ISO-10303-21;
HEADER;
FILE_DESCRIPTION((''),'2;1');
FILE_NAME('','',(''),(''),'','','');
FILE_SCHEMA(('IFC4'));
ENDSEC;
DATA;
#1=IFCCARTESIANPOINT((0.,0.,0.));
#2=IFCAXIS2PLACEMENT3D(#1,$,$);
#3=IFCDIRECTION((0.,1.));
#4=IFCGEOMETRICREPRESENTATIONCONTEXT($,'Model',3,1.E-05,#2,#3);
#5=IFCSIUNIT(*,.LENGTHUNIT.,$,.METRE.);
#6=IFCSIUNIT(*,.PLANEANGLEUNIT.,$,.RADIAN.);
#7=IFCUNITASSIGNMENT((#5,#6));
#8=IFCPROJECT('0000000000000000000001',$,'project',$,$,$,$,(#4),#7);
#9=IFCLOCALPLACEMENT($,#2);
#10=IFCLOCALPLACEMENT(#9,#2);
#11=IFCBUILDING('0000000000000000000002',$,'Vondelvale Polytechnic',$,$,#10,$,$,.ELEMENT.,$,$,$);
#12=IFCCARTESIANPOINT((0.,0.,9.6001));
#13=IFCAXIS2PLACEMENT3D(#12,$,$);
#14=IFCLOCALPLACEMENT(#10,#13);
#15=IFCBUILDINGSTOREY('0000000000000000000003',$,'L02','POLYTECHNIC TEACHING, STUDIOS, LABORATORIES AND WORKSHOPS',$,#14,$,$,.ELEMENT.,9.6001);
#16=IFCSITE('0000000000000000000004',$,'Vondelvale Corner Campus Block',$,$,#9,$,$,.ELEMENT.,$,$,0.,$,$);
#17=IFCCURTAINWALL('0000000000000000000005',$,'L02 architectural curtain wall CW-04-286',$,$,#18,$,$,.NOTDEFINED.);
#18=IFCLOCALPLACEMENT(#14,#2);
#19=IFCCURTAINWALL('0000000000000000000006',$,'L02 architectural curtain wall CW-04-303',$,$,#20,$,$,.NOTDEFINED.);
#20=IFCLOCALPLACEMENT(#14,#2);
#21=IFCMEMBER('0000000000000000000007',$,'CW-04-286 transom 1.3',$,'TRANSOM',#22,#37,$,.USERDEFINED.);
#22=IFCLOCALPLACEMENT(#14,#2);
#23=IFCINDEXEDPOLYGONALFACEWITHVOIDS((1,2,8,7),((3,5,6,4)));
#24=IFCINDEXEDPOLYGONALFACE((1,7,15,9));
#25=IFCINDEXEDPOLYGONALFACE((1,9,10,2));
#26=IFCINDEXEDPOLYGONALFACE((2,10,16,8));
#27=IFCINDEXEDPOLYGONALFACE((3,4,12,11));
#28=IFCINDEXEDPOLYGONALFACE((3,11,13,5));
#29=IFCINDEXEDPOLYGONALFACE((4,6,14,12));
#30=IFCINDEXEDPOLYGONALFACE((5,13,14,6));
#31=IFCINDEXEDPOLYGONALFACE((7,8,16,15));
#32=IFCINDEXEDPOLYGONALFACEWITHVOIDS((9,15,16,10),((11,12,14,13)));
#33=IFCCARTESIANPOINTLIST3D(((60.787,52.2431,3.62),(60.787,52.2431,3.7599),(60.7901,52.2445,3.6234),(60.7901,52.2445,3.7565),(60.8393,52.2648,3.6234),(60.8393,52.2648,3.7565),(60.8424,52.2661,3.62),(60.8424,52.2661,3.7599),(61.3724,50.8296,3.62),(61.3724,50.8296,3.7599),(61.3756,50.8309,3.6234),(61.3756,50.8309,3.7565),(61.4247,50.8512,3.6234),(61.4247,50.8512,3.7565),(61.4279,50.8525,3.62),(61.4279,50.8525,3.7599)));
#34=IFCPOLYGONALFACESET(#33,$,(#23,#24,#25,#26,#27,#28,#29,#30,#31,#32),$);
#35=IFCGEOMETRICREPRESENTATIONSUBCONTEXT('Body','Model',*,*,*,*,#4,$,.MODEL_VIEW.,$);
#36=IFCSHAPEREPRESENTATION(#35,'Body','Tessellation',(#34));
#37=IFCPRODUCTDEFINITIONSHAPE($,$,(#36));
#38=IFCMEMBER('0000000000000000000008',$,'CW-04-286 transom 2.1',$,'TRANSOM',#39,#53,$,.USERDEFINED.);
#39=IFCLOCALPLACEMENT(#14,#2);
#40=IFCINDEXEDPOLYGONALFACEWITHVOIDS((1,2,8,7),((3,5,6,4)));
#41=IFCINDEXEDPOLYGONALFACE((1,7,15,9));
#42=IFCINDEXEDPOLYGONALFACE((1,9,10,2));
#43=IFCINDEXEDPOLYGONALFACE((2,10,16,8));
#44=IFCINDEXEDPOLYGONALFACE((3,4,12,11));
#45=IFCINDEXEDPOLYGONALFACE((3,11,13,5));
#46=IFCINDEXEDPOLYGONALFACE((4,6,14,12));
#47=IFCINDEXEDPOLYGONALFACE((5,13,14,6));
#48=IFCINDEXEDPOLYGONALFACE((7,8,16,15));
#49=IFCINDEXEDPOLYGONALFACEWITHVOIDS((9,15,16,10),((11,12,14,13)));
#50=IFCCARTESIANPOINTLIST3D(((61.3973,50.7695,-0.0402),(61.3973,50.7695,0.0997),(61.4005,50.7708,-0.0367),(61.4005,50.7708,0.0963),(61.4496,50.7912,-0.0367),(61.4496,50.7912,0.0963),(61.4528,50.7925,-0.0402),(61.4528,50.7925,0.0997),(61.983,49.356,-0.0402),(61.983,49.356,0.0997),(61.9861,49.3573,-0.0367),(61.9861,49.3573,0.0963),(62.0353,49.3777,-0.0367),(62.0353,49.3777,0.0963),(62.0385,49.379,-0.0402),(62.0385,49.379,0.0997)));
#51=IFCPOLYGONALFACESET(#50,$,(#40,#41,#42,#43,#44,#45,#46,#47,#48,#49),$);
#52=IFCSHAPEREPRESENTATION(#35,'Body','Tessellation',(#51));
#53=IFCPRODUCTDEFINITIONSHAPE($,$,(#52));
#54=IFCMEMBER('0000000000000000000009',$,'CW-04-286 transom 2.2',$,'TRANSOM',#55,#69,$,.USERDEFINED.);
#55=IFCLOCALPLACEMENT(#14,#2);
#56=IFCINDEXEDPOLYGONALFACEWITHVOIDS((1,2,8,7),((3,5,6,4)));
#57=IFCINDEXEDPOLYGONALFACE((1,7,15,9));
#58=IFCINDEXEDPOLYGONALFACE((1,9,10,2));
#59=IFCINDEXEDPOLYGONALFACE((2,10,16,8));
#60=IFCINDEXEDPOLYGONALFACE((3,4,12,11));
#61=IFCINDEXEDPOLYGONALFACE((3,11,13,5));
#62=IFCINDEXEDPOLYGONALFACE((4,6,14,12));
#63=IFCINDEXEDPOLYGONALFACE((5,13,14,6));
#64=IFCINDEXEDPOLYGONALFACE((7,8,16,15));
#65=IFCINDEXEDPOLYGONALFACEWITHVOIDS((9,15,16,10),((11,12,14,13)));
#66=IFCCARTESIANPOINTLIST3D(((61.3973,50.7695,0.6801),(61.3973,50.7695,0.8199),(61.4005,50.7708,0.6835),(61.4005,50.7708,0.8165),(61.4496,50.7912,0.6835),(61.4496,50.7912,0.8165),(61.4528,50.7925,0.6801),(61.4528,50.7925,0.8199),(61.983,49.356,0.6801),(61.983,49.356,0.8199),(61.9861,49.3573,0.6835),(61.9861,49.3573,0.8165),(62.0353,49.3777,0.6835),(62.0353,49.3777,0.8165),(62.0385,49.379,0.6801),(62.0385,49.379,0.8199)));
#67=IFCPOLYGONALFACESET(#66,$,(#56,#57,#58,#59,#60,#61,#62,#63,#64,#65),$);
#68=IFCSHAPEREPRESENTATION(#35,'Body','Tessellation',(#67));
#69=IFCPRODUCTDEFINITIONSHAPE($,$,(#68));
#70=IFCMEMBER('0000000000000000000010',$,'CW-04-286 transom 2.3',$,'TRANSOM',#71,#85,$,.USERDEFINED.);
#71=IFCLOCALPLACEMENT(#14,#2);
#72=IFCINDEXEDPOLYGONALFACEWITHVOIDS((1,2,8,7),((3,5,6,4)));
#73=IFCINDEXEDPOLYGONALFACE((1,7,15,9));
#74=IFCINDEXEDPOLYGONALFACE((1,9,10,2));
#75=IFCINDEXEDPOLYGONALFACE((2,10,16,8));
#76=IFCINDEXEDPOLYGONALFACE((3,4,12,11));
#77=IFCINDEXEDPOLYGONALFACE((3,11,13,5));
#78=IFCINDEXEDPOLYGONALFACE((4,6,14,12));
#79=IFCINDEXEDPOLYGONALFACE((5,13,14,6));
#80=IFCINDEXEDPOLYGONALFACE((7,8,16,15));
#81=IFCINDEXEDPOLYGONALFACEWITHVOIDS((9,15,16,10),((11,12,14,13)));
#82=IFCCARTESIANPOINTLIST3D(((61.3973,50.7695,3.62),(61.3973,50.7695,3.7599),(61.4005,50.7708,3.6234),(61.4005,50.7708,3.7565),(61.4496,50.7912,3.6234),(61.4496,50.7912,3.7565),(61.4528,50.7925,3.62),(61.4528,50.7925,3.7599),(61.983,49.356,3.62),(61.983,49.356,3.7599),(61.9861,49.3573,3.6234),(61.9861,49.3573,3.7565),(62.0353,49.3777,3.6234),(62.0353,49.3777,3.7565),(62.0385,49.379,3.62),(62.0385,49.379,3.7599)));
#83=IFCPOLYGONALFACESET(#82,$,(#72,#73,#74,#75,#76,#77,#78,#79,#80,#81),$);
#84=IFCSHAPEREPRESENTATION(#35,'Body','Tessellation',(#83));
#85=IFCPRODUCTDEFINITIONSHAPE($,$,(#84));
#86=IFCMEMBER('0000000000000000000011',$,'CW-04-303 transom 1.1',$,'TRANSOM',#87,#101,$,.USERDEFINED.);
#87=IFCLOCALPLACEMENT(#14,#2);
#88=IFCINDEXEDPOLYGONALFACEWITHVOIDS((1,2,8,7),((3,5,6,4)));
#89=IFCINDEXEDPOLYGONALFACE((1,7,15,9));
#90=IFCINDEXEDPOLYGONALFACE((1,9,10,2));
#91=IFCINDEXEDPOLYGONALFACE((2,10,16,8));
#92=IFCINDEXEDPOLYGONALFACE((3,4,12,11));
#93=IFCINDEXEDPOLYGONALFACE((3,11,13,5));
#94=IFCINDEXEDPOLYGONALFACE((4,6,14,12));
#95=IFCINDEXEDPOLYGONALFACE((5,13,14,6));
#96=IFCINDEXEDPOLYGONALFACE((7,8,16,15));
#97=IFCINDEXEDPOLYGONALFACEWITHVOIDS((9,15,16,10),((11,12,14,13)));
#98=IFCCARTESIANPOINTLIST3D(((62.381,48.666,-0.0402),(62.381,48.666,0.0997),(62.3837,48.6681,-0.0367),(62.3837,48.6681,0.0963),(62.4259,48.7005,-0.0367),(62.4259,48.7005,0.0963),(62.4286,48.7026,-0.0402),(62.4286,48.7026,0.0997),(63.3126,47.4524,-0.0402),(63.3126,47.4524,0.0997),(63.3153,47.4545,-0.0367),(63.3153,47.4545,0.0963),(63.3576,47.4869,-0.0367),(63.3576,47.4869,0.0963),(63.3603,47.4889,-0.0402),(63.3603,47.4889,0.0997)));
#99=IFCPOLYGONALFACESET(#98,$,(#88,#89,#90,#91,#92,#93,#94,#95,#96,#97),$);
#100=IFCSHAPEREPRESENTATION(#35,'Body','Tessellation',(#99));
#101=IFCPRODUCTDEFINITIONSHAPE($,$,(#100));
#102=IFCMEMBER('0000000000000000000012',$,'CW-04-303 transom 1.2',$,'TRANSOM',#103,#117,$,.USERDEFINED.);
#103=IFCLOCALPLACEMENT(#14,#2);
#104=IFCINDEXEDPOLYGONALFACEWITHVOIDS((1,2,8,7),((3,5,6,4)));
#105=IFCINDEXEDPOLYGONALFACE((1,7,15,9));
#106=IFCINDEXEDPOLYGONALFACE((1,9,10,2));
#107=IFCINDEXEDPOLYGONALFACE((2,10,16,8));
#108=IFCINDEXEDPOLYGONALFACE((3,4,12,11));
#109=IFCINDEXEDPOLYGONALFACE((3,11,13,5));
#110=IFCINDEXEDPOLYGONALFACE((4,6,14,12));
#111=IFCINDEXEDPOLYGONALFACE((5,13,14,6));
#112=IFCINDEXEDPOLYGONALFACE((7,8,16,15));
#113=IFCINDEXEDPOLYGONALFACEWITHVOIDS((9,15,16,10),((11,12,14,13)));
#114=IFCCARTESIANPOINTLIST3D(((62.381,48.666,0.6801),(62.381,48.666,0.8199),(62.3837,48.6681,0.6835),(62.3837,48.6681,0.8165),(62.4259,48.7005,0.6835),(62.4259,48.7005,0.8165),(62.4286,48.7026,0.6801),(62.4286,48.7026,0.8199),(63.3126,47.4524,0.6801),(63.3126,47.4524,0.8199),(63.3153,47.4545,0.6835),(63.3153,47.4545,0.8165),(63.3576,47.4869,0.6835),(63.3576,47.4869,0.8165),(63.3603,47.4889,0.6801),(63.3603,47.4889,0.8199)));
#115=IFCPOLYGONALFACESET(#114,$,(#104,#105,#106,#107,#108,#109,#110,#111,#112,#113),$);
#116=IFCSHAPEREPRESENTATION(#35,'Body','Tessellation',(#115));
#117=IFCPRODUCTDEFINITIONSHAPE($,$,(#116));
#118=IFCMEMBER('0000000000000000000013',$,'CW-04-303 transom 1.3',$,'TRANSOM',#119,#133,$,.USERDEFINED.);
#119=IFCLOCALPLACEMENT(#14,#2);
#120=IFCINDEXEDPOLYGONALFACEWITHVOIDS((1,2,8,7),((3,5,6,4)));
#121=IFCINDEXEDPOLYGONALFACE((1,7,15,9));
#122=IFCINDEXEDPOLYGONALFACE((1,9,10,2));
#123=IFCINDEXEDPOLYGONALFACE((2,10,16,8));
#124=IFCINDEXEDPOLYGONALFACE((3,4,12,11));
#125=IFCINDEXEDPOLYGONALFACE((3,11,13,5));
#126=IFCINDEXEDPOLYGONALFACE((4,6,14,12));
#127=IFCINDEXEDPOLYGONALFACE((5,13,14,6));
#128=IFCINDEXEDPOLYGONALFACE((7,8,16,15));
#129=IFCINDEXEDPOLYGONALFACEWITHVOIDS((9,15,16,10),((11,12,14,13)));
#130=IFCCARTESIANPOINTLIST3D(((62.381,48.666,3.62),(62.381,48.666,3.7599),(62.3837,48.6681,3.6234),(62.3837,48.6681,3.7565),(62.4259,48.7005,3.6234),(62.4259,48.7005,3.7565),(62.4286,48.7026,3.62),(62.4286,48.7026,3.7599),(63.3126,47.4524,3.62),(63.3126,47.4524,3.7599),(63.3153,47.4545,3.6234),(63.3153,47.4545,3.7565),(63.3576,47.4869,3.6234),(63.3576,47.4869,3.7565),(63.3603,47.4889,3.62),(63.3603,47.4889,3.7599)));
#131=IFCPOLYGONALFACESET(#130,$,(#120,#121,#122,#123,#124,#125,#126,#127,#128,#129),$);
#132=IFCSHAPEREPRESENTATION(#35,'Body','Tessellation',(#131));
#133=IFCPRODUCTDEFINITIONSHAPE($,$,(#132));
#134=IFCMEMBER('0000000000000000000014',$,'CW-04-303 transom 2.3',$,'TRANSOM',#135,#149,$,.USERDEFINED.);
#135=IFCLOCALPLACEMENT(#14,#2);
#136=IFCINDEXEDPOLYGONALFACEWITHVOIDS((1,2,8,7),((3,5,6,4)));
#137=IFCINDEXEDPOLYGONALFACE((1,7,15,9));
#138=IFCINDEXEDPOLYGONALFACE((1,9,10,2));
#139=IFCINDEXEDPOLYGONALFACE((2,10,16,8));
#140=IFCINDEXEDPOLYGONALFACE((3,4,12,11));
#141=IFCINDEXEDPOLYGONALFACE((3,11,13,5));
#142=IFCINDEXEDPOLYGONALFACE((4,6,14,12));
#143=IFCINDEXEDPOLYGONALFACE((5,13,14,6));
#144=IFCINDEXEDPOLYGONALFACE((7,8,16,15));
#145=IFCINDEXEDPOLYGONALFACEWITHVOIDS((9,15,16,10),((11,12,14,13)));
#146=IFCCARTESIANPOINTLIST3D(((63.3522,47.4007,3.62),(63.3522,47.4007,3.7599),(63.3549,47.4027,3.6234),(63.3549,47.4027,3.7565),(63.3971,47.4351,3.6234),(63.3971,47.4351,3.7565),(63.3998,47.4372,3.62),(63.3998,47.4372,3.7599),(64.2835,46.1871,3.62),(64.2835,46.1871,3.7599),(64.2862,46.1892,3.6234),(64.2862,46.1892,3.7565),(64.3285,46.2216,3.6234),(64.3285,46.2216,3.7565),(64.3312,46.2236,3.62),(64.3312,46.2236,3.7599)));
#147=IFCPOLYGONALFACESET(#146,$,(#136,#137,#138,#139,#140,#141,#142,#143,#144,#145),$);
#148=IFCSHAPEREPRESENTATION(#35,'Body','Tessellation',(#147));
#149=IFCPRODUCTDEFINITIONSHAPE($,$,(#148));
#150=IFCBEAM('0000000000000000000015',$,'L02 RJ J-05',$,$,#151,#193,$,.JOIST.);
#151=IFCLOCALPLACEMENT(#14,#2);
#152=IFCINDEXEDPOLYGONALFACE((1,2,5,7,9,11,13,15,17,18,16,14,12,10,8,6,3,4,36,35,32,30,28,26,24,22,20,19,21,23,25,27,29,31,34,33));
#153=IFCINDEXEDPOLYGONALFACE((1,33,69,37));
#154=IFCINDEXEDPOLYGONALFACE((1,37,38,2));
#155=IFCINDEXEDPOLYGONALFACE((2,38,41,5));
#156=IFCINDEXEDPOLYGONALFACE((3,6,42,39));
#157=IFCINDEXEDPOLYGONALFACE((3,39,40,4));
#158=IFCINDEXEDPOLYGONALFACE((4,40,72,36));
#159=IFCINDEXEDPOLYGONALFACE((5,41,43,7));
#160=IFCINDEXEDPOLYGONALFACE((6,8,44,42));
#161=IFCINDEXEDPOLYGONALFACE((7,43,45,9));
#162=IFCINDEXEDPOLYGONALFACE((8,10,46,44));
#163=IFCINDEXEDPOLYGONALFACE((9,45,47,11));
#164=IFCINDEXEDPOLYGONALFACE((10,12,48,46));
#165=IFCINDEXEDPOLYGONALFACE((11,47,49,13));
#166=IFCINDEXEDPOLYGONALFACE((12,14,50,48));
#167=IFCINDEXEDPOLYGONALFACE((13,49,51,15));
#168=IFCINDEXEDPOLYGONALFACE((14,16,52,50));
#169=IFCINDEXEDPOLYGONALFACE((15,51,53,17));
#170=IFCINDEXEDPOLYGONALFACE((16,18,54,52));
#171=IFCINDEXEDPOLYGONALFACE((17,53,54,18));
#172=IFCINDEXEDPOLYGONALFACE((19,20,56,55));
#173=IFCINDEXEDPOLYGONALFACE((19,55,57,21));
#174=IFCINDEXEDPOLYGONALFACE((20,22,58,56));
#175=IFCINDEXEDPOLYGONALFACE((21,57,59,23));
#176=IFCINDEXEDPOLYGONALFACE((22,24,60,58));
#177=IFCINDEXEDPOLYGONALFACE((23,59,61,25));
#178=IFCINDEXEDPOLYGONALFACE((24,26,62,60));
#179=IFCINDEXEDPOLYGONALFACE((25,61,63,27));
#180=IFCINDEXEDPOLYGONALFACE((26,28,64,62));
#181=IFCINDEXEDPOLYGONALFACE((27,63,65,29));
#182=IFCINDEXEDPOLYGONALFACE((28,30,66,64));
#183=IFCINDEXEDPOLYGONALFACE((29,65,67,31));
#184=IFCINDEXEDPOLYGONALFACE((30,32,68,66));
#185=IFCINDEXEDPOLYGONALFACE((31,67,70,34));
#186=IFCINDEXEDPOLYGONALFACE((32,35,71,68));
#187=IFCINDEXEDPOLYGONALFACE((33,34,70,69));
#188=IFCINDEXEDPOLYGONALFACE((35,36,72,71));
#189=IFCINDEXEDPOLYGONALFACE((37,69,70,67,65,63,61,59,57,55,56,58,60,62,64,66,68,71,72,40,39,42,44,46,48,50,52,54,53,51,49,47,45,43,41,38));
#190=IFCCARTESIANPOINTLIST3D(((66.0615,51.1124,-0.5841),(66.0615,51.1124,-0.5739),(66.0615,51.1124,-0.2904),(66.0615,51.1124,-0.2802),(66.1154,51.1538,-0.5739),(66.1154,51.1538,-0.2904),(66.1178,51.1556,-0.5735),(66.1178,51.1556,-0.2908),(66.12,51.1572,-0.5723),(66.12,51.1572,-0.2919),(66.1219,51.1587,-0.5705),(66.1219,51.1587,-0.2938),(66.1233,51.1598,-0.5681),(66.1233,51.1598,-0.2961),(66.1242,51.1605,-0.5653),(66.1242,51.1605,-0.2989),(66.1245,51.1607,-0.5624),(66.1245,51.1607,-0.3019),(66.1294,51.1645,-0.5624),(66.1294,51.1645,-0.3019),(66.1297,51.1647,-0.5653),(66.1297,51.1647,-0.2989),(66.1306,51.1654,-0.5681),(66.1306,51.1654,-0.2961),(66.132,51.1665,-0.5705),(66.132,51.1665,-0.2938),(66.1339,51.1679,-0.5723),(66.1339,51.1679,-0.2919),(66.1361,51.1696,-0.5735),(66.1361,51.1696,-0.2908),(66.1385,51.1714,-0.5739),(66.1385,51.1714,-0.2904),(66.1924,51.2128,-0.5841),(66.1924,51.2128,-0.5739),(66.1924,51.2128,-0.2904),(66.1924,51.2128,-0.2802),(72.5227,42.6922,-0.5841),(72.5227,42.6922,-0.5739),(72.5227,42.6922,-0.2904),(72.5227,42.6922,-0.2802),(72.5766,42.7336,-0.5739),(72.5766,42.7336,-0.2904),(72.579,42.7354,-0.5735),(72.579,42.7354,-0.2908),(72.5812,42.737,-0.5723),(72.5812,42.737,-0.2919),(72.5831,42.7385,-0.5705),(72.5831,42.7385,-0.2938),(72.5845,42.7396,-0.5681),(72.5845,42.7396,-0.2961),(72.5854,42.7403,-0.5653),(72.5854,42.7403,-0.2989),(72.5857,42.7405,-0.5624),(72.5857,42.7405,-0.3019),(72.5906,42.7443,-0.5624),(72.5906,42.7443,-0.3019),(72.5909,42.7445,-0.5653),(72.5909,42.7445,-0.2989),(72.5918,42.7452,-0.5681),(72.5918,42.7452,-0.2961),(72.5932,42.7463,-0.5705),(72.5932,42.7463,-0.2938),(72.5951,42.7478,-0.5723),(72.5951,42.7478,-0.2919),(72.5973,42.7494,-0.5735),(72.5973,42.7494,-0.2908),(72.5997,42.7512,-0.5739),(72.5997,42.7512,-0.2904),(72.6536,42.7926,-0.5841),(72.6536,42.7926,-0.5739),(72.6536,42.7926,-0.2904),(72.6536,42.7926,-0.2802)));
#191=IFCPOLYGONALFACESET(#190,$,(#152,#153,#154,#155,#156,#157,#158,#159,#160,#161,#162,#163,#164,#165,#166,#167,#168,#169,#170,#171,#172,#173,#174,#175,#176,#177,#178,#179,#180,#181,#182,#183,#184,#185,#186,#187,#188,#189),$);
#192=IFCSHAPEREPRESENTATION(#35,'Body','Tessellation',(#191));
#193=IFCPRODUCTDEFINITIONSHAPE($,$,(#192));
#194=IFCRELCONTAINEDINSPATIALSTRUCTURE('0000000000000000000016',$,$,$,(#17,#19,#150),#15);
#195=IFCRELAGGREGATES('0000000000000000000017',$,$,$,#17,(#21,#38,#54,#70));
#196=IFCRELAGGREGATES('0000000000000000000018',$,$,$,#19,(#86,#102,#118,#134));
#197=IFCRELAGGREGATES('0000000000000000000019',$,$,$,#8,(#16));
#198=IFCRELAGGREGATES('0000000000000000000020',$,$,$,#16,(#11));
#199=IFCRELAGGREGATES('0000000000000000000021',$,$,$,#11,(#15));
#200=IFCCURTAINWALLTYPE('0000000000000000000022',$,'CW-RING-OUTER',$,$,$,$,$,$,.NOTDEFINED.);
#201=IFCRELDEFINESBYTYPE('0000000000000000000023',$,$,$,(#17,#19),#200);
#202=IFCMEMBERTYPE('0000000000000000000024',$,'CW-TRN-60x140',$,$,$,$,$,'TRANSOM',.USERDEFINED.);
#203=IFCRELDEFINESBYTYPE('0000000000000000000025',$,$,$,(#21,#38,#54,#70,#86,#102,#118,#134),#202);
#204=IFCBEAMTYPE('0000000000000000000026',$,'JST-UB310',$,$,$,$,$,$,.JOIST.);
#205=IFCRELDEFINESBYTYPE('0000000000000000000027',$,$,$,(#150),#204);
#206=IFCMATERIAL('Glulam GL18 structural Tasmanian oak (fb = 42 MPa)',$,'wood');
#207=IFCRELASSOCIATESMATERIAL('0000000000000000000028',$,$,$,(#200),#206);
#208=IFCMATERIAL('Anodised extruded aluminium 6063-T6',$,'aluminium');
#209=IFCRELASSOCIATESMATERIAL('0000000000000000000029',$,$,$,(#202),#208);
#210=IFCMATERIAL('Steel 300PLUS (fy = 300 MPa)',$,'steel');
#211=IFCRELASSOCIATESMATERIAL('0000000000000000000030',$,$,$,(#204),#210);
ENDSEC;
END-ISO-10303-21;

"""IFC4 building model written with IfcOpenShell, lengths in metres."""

from ifc_helpers import new_model, si_unit, direction, frame, origin, origin_2d, place, context, subcontext, project, spatial, hollow_rectangle, i_section, extrude, material, material_profile, profile_set, type_object, element, aggregate, save


model = new_model("IFC4")

# Units and contexts
model_context = context("Model", 3, precision=1e-05, world=origin(), true_north=direction((0.0, 1.0)))
body_context = subcontext(model_context, "Body", "Model", "MODEL_VIEW")
ifc_project = project(units=[si_unit("LENGTHUNIT", "METRE"), si_unit("PLANEANGLEUNIT", "RADIAN")], contexts=[model_context])

# Site, building, storey
site_placement = place(None, origin())
site = spatial("IfcSite", under=ifc_project, at=site_placement, Name="Vondelvale Corner Campus Block", CompositionType="ELEMENT", RefElevation=0.0)
building_placement = place(site_placement, origin())
building = spatial("IfcBuilding", under=site, at=building_placement, Name="Vondelvale Polytechnic", CompositionType="ELEMENT")
storey_placement = place(building_placement, frame((0.0, 0.0, 9.6001)))
storey = spatial("IfcBuildingStorey", under=building, at=storey_placement, Name="L02", Description="POLYTECHNIC TEACHING, STUDIOS, LABORATORIES AND WORKSHOPS", CompositionType="ELEMENT", Elevation=9.6001)

# Shared definitions
ifc_material_1 = material(Name="Steel 300PLUS (fy = 300 MPa)", Category="steel")

# Curtain walls
ifc_material_2 = material(Name="Glulam GL18 structural Tasmanian oak (fb = 42 MPa)", Category="wood")
curtain_wall_type = type_object("IfcCurtainWallType", Name="CW-RING-OUTER", PredefinedType="NOTDEFINED", material=ifc_material_2)
curtain_wall_1_placement = place(storey_placement, origin())
curtain_wall_1 = element("IfcCurtainWall", 1, at=curtain_wall_1_placement, inside=storey, type_object=curtain_wall_type, Name="L02 architectural curtain wall CW-04-286", PredefinedType="NOTDEFINED")
ifc_material_3 = material(Name="Anodised extruded aluminium 6063-T6", Category="aluminium")
curtain_wall_2_placement = place(storey_placement, origin())
curtain_wall_2 = element("IfcCurtainWall", 2, at=curtain_wall_2_placement, inside=storey, type_object=curtain_wall_type, Name="L02 architectural curtain wall CW-04-303", PredefinedType="NOTDEFINED")

# Members
ifc_material_profile_1 = material_profile(ifc_material_3, hollow_rectangle(XDim=0.0601, YDim=0.1399, WallThickness=0.0034, at=origin_2d()), Name="CW-TRN-140x60")
ifc_profile_set_1 = profile_set([ifc_material_profile_1], Name="Anodised extruded aluminium 6063-T6")
member_type_1 = type_object("IfcMemberType", Name="CW-TRN-60x140", ElementType="TRANSOM", PredefinedType="USERDEFINED", material=ifc_profile_set_1)
member_1_placement = place(storey_placement, frame((60.8147, 52.2546, 3.6899), z_axis=(0.382643, -0.923896, 0.0), x_axis=(0.923896, 0.382643, 0.0)))
member_1 = element("IfcMember", 3, at=member_1_placement, type_object=member_type_1, Name="CW-04-286 transom 1.3", ObjectType="TRANSOM", PredefinedType="USERDEFINED", context=body_context, shape_type="SweptSolid", body=[
    extrude(hollow_rectangle(XDim=0.0601, YDim=0.1399, WallThickness=0.0034, at=origin_2d()), origin(), (0.0, 0.0, 1.0), 1.53),
])
member_2_placement = place(storey_placement, frame((61.425, 50.781, 0.0298), z_axis=(0.382779, -0.92384, 0.0), x_axis=(0.92384, 0.382779, 0.0)))
member_2 = element("IfcMember", 4, at=member_2_placement, type_object=member_type_1, Name="CW-04-286 transom 2.1", ObjectType="TRANSOM", PredefinedType="USERDEFINED", context=body_context, shape_type="SweptSolid", body=[
    extrude(hollow_rectangle(XDim=0.0601, YDim=0.1399, WallThickness=0.0034, at=origin_2d()), origin(), (0.0, 0.0, 1.0), 1.53),
])
member_3_placement = place(storey_placement, frame((61.425, 50.781, 0.75), z_axis=(0.382779, -0.92384, 0.0), x_axis=(0.92384, 0.382779, 0.0)))
member_3 = element("IfcMember", 5, at=member_3_placement, type_object=member_type_1, Name="CW-04-286 transom 2.2", ObjectType="TRANSOM", PredefinedType="USERDEFINED", context=body_context, shape_type="SweptSolid", body=[
    extrude(hollow_rectangle(XDim=0.0601, YDim=0.1399, WallThickness=0.0034, at=origin_2d()), origin(), (0.0, 0.0, 1.0), 1.53),
])
member_4_placement = place(storey_placement, frame((61.425, 50.781, 3.6899), z_axis=(0.382779, -0.92384, 0.0), x_axis=(0.92384, 0.382779, 0.0)))
member_4 = element("IfcMember", 6, at=member_4_placement, type_object=member_type_1, Name="CW-04-286 transom 2.3", ObjectType="TRANSOM", PredefinedType="USERDEFINED", context=body_context, shape_type="SweptSolid", body=[
    extrude(hollow_rectangle(XDim=0.0601, YDim=0.1399, WallThickness=0.0034, at=origin_2d()), origin(), (0.0, 0.0, 1.0), 1.53),
])
member_5_placement = place(storey_placement, frame((62.4048, 48.6843, 0.0298), z_axis=(0.608924, -0.793229, 0.0), x_axis=(0.793229, 0.608924, 0.0)))
member_5 = element("IfcMember", 7, at=member_5_placement, type_object=member_type_1, Name="CW-04-303 transom 1.1", ObjectType="TRANSOM", PredefinedType="USERDEFINED", context=body_context, shape_type="SweptSolid", body=[
    extrude(hollow_rectangle(XDim=0.0601, YDim=0.1399, WallThickness=0.0034, at=origin_2d()), origin(), (0.0, 0.0, 1.0), 1.53),
])
member_6_placement = place(storey_placement, frame((62.4048, 48.6843, 0.75), z_axis=(0.608924, -0.793229, 0.0), x_axis=(0.793229, 0.608924, 0.0)))
member_6 = element("IfcMember", 8, at=member_6_placement, type_object=member_type_1, Name="CW-04-303 transom 1.2", ObjectType="TRANSOM", PredefinedType="USERDEFINED", context=body_context, shape_type="SweptSolid", body=[
    extrude(hollow_rectangle(XDim=0.0601, YDim=0.1399, WallThickness=0.0034, at=origin_2d()), origin(), (0.0, 0.0, 1.0), 1.53),
])
member_7_placement = place(storey_placement, frame((62.4048, 48.6843, 3.6899), z_axis=(0.608924, -0.793229, 0.0), x_axis=(0.793229, 0.608924, 0.0)))
member_7 = element("IfcMember", 9, at=member_7_placement, type_object=member_type_1, Name="CW-04-303 transom 1.3", ObjectType="TRANSOM", PredefinedType="USERDEFINED", context=body_context, shape_type="SweptSolid", body=[
    extrude(hollow_rectangle(XDim=0.0601, YDim=0.1399, WallThickness=0.0034, at=origin_2d()), origin(), (0.0, 0.0, 1.0), 1.53),
])
member_8_placement = place(storey_placement, frame((63.376, 47.4189, 3.6899), z_axis=(0.608823, -0.793306, 0.0), x_axis=(0.793306, 0.608823, 0.0)))
member_8 = element("IfcMember", 10, at=member_8_placement, type_object=member_type_1, Name="CW-04-303 transom 2.3", ObjectType="TRANSOM", PredefinedType="USERDEFINED", context=body_context, shape_type="SweptSolid", body=[
    extrude(hollow_rectangle(XDim=0.0601, YDim=0.1399, WallThickness=0.0034, at=origin_2d()), origin(), (0.0, 0.0, 1.0), 1.5298),
])

# Beam
ifc_material_profile_2 = material_profile(ifc_material_1, i_section(OverallWidth=0.165, OverallDepth=0.304, WebThickness=0.0061, FlangeThickness=0.0103, FilletRadius=0.0115, at=origin_2d()), Name="310UB40.4")
ifc_profile_set_2 = profile_set([ifc_material_profile_2], Name="Steel 300PLUS (fy = 300 MPa)")
beam_type_1 = type_object("IfcBeamType", Name="JST-UB310", PredefinedType="JOIST", material=ifc_profile_set_2)
beam_1_placement = place(storey_placement, frame((66.127, 51.1626, -0.4321), z_axis=(0.608771, -0.793346, 0.0), x_axis=(0.793346, 0.608771, 0.0)))
element("IfcBeam", 11, at=beam_1_placement, inside=storey, type_object=beam_type_1, Name="L02 RJ J-05", PredefinedType="JOIST", context=body_context, shape_type="SweptSolid", body=[
    extrude(i_section(OverallWidth=0.165, OverallDepth=0.304, WebThickness=0.0061, FlangeThickness=0.0103, FilletRadius=0.0115, at=origin_2d()), origin(), (0.0, 0.0, 1.0), 10.6135),
])

aggregate(curtain_wall_1, [member_1, member_2, member_3, member_4])
aggregate(curtain_wall_2, [member_5, member_6, member_7, member_8])

save(model, "model.ifc")
